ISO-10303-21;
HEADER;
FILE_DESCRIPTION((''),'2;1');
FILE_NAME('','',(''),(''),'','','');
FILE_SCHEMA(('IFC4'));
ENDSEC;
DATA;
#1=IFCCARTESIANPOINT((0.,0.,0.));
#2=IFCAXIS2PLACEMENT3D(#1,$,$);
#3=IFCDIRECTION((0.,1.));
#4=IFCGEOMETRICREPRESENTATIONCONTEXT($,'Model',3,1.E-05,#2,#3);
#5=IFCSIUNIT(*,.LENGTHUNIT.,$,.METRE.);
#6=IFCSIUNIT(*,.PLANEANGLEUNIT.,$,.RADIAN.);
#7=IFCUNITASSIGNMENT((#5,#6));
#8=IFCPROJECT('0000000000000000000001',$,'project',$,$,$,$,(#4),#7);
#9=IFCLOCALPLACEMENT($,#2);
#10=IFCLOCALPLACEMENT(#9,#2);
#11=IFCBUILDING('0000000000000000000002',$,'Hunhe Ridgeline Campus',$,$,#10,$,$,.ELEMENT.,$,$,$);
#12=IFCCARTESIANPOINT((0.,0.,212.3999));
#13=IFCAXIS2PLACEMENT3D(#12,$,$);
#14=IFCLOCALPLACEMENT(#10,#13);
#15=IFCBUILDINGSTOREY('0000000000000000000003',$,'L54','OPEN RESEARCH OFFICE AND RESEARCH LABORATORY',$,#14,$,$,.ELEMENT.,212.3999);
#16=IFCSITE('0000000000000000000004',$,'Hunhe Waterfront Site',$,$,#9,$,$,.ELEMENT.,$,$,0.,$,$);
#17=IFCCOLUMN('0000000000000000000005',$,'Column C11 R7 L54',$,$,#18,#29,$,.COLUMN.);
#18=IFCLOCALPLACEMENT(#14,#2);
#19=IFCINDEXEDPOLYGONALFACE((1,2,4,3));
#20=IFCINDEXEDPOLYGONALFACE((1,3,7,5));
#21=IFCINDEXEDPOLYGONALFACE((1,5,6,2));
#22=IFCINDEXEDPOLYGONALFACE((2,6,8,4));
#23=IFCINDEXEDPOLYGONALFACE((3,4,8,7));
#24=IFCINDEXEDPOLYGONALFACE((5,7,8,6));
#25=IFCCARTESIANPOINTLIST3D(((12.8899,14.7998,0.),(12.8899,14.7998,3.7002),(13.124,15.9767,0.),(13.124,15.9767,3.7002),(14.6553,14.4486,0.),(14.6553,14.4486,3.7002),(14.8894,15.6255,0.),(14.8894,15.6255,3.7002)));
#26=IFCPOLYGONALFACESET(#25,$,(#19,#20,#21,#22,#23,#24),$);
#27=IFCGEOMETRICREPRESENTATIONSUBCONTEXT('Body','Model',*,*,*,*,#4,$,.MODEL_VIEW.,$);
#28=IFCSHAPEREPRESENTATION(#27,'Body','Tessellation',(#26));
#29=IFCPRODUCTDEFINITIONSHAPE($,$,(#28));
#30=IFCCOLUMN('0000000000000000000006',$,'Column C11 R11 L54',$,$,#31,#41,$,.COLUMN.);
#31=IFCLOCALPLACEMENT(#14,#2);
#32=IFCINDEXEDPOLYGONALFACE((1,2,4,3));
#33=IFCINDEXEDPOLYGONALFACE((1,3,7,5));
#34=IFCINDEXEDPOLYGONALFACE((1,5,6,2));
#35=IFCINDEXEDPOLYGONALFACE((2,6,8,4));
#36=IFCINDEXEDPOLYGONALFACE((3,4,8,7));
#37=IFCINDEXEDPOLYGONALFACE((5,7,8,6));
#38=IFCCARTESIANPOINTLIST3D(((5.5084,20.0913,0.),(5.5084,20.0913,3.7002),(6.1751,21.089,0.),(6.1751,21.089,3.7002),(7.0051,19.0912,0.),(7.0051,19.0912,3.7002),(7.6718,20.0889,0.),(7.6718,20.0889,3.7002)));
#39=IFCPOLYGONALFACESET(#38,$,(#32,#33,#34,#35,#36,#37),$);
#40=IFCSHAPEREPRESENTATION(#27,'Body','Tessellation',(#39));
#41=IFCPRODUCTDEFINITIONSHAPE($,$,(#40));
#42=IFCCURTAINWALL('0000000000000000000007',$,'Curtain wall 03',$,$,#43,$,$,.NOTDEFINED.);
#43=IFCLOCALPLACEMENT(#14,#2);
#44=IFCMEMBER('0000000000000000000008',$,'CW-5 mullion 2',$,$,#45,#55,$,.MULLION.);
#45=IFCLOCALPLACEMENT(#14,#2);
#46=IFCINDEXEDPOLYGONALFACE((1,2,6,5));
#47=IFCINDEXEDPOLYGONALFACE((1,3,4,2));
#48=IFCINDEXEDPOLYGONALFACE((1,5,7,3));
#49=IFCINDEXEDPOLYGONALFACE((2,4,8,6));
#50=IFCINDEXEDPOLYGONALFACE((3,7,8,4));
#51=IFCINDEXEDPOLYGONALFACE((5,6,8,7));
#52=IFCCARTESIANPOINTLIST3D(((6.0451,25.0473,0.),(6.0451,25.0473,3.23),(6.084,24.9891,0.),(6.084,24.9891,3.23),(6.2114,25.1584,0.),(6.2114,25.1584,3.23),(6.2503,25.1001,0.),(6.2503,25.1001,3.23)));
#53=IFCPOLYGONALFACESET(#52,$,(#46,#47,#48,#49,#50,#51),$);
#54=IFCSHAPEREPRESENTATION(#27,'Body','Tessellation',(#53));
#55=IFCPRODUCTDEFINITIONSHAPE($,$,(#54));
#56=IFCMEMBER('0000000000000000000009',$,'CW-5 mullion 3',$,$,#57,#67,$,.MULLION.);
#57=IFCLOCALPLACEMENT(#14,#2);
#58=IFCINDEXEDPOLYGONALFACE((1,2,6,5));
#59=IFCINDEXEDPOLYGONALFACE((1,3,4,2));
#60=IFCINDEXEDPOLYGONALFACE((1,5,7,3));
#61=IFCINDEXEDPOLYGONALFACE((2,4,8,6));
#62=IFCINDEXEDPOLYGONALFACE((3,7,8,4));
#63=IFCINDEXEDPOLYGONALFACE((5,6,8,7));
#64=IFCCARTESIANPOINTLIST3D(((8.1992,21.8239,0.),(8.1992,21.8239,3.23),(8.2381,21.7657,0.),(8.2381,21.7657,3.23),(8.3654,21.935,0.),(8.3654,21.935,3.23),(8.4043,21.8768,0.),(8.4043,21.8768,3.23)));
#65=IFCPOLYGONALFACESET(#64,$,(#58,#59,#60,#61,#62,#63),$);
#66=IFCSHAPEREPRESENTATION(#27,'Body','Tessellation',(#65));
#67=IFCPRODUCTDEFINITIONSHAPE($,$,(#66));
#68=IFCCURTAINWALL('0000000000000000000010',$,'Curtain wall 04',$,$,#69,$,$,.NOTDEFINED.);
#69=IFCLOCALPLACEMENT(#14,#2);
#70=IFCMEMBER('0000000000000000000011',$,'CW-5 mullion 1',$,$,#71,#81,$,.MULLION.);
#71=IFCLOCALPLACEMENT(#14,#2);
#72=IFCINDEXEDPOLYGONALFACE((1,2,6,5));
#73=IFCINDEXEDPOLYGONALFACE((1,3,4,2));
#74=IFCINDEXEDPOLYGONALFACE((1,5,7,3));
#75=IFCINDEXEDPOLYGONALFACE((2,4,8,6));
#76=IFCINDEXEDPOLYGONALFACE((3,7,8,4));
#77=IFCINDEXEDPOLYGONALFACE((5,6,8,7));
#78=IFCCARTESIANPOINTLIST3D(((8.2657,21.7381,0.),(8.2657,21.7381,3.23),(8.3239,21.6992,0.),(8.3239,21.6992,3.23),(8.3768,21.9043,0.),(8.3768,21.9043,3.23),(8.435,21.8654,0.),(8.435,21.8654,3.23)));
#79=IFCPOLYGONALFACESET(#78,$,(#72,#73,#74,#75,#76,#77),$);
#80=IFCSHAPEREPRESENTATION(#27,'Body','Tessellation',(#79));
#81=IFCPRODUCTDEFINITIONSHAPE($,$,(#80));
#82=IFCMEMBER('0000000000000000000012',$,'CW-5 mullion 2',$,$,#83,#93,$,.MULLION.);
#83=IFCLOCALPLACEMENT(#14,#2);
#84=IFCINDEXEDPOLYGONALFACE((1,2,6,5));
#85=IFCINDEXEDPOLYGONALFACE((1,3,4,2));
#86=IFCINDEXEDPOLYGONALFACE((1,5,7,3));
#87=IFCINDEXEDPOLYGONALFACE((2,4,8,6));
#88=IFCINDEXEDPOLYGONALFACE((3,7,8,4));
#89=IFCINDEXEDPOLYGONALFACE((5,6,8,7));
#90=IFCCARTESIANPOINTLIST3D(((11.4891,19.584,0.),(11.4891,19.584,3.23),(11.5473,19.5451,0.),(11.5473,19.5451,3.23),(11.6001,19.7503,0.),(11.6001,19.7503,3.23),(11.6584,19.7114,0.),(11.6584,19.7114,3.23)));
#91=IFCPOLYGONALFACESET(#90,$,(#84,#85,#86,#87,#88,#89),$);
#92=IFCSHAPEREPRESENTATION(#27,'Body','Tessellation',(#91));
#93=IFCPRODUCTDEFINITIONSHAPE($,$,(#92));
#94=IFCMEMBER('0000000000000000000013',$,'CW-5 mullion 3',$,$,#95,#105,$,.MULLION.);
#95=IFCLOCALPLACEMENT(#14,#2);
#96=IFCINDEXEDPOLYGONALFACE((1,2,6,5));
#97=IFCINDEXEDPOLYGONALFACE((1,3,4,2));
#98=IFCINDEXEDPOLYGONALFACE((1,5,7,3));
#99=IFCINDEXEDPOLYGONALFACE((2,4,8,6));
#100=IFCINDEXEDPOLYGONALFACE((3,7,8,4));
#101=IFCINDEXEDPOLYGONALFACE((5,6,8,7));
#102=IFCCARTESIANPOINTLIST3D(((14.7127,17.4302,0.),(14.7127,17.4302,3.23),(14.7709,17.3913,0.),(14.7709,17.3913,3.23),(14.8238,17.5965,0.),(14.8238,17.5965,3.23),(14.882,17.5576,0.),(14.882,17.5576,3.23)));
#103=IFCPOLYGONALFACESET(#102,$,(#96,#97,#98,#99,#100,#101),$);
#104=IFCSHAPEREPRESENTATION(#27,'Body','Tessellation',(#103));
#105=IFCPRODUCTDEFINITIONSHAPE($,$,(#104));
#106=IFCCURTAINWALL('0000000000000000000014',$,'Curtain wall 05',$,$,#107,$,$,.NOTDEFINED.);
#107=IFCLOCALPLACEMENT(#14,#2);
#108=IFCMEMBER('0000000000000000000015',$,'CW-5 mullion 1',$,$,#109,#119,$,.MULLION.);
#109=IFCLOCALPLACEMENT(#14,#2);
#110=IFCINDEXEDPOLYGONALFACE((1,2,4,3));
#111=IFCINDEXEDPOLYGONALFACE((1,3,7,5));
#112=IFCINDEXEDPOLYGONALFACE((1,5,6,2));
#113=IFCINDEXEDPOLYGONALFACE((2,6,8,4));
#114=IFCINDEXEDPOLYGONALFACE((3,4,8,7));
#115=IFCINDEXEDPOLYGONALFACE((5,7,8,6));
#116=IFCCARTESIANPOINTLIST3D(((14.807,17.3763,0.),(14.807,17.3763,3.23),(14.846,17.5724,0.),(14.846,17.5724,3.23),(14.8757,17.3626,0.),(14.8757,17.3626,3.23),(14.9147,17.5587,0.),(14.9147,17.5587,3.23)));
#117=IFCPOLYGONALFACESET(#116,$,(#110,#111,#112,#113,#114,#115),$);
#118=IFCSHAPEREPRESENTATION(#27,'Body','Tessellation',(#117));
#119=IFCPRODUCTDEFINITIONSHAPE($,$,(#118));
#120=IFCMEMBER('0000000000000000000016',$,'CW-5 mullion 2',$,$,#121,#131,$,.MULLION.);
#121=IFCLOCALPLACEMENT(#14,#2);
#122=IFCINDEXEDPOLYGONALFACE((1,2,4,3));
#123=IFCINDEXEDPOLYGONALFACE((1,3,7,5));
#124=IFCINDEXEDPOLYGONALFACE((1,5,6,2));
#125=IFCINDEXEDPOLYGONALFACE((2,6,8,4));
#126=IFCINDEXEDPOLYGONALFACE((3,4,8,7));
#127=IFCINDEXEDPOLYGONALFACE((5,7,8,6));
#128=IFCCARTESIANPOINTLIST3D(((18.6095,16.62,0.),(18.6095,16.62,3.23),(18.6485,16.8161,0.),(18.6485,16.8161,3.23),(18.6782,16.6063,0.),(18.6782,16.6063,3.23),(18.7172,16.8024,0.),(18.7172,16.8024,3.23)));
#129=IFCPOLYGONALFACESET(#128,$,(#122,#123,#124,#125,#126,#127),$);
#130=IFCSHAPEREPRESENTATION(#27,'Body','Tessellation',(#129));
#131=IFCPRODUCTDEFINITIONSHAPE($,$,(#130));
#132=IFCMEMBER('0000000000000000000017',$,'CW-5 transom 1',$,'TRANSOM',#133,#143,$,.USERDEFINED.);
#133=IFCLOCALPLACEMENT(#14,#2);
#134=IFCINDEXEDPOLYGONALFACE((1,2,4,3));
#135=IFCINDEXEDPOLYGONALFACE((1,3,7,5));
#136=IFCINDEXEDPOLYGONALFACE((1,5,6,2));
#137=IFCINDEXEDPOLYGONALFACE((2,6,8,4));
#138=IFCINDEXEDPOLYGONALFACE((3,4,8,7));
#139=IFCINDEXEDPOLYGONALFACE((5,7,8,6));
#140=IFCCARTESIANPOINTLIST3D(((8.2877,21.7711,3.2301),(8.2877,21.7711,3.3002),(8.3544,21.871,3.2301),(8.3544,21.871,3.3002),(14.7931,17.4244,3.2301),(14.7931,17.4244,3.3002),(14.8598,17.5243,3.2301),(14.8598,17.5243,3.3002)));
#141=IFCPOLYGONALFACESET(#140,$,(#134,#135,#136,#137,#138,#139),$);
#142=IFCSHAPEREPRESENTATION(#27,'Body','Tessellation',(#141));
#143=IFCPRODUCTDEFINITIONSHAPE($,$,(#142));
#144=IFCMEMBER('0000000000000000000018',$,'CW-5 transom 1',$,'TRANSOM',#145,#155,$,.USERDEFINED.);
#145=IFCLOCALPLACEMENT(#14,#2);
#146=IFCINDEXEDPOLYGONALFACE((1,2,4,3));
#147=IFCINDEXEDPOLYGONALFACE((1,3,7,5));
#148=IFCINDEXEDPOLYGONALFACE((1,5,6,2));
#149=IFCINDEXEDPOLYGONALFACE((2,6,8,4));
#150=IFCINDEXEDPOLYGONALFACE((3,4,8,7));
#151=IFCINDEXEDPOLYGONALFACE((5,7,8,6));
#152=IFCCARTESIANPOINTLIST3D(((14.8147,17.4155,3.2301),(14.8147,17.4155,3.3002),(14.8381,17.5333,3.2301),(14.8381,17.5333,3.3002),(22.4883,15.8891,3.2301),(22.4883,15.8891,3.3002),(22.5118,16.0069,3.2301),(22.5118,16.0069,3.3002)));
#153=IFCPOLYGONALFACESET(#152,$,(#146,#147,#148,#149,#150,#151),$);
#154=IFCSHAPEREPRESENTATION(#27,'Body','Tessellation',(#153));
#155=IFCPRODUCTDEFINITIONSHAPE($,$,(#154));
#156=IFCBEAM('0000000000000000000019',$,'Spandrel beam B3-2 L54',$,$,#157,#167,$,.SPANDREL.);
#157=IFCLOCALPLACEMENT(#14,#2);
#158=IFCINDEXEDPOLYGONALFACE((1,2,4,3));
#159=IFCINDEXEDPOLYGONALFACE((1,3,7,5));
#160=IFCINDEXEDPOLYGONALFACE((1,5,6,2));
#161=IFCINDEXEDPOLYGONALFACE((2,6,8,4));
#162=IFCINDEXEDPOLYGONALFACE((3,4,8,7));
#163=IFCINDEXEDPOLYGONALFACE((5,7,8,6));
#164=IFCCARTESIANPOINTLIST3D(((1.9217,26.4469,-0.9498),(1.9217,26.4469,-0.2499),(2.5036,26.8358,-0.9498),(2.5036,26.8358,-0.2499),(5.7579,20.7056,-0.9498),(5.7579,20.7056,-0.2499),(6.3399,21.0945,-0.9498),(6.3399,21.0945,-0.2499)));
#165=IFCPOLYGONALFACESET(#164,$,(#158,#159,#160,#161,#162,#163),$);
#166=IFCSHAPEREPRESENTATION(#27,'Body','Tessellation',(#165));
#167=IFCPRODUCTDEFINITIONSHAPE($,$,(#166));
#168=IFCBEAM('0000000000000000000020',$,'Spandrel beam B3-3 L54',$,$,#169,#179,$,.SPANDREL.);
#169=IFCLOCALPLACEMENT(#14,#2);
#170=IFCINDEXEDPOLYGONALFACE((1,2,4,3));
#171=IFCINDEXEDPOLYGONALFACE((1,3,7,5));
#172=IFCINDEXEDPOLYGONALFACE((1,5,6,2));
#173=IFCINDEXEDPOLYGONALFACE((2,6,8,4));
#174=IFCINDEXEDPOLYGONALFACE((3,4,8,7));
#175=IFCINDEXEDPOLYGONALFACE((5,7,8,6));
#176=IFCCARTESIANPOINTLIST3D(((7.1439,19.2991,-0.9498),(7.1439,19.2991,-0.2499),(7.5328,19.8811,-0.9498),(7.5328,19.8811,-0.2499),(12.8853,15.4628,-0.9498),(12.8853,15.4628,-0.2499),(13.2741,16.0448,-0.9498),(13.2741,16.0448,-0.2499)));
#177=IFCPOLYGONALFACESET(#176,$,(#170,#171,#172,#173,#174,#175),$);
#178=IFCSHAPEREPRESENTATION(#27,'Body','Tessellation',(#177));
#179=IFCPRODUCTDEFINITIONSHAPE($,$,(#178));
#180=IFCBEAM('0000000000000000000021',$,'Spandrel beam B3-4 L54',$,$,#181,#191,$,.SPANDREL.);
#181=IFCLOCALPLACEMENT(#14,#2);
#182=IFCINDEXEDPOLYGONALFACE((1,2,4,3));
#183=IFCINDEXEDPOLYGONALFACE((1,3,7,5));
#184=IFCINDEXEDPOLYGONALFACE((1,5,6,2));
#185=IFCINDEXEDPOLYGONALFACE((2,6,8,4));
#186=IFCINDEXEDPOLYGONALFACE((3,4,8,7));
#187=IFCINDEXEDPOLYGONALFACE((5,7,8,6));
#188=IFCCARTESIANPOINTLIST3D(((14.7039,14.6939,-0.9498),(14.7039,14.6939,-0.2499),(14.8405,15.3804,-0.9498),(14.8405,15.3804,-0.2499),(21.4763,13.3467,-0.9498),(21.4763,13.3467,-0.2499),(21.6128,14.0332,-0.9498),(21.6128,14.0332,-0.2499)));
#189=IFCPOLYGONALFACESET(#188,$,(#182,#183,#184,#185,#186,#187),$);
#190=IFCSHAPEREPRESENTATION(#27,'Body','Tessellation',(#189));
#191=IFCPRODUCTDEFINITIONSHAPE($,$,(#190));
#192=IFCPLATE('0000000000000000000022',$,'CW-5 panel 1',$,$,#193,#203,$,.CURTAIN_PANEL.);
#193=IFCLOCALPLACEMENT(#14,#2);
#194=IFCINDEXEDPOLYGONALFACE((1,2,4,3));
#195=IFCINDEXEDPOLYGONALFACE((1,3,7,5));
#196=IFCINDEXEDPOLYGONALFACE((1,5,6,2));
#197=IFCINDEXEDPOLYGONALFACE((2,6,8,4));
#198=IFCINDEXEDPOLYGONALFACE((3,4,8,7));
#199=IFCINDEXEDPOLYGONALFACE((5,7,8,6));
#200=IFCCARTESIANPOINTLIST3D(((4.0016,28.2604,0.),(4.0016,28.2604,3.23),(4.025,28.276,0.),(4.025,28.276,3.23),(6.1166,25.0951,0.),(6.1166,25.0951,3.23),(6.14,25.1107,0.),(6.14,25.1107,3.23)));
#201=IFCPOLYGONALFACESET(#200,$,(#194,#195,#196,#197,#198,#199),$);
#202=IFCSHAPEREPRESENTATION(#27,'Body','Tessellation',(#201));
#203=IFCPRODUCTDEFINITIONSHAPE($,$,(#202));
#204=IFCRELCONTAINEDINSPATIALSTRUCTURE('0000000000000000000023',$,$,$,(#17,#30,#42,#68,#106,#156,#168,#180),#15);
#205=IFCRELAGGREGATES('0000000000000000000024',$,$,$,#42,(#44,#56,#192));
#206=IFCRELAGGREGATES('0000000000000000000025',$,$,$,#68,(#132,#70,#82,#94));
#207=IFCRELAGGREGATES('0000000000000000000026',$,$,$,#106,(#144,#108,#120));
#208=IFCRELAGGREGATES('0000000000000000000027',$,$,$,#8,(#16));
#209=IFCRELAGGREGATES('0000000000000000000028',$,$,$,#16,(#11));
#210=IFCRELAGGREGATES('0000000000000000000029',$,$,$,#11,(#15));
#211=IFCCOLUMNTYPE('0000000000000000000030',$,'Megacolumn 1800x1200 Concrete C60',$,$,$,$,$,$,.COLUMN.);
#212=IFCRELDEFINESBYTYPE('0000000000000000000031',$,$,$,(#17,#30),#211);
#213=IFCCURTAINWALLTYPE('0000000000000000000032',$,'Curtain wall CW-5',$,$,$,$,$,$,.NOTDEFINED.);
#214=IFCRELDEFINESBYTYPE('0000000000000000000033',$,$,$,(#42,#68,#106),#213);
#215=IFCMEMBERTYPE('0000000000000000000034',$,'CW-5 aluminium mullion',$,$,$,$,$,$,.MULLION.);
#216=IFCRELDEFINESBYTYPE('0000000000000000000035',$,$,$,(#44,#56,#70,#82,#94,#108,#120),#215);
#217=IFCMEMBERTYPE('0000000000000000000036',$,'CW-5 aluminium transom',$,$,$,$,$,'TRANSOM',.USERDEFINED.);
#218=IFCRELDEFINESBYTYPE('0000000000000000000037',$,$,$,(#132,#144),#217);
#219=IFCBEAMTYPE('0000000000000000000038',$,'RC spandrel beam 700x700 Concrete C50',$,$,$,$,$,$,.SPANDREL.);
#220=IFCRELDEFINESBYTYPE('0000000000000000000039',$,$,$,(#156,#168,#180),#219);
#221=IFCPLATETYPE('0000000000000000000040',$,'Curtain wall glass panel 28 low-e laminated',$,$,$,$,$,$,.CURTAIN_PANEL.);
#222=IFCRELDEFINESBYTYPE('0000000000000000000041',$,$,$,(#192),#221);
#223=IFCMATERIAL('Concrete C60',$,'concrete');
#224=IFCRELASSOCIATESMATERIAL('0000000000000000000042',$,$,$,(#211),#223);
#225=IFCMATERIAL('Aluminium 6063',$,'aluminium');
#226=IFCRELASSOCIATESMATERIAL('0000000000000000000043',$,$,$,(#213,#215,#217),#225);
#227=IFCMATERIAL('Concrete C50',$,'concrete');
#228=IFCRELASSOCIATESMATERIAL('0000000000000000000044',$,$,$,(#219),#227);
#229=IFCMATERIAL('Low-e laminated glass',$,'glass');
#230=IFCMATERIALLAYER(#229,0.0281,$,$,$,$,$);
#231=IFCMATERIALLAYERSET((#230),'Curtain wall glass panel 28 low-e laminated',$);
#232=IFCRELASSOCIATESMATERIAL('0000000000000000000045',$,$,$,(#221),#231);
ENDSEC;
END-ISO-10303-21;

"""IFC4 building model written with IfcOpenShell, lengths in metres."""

from ifc_helpers import new_model, si_unit, direction, frame, origin, origin_2d, place, context, subcontext, project, spatial, rectangle, extrude, material, layer, layer_set, material_profile, profile_set, type_object, element, aggregate, save


model = new_model("IFC4")

# Units and contexts
model_context = context("Model", 3, precision=1e-05, world=origin(), true_north=direction((0.0, 1.0)))
body_context = subcontext(model_context, "Body", "Model", "MODEL_VIEW")
ifc_project = project(units=[si_unit("LENGTHUNIT", "METRE"), si_unit("PLANEANGLEUNIT", "RADIAN")], contexts=[model_context])

# Site, building, storey
site_placement = place(None, origin())
site = spatial("IfcSite", under=ifc_project, at=site_placement, Name="Hunhe Waterfront Site", CompositionType="ELEMENT", RefElevation=0.0)
building_placement = place(site_placement, origin())
building = spatial("IfcBuilding", under=site, at=building_placement, Name="Hunhe Ridgeline Campus", CompositionType="ELEMENT")
storey_placement = place(building_placement, frame((0.0, 0.0, 212.3999)))
storey = spatial("IfcBuildingStorey", under=building, at=storey_placement, Name="L54", Description="OPEN RESEARCH OFFICE AND RESEARCH LABORATORY", CompositionType="ELEMENT", Elevation=212.3999)

# Columns
ifc_material_1 = material(Name="Concrete C60", Category="concrete")
ifc_material_profile_1 = material_profile(ifc_material_1, rectangle(XDim=1.8, YDim=1.2, at=origin_2d()))
ifc_profile_set_1 = profile_set([ifc_material_profile_1], Name="Concrete C60")
column_type = type_object("IfcColumnType", Name="Megacolumn 1800x1200 Concrete C60", PredefinedType="COLUMN", material=ifc_profile_set_1)
for number, where, z_axis, x_axis, name in (
    (1, (13.8896, 15.2126, 0.0), (0.0, 0.0, 1.0), (-0.980785, 0.19509, 0.0), "Column C11 R7 L54"),
    (2, (6.5901, 20.0901, 0.0), (0.0, 0.0, 1.0), (-0.83147, 0.55557, 0.0), "Column C11 R11 L54"),
):
    element("IfcColumn", number, at=place(storey_placement, frame(where, z_axis=z_axis, x_axis=x_axis)), inside=storey, type_object=column_type, Name=name, PredefinedType="COLUMN", context=body_context, shape_type="SweptSolid", body=[
        extrude(rectangle(XDim=1.8, YDim=1.2, at=origin_2d()), origin(), (0.0, 0.0, 1.0), 3.7002),
    ])

# Curtain walls, members
ifc_material_2 = material(Name="Aluminium 6063", Category="aluminium")
curtain_wall_type = type_object("IfcCurtainWallType", Name="Curtain wall CW-5", PredefinedType="NOTDEFINED", material=ifc_material_2)
curtain_wall_1_placement = place(storey_placement, origin())
curtain_wall_1 = element("IfcCurtainWall", 3, at=curtain_wall_1_placement, inside=storey, type_object=curtain_wall_type, Name="Curtain wall 03", PredefinedType="NOTDEFINED")
ifc_material_profile_2 = material_profile(ifc_material_2, rectangle(XDim=0.2, YDim=0.0701, at=origin_2d()))
ifc_profile_set_2 = profile_set([ifc_material_profile_2], Name="Aluminium 6063")
member_type_1 = type_object("IfcMemberType", Name="CW-5 aluminium mullion", PredefinedType="MULLION", material=ifc_profile_set_2)
member_1_placement = place(storey_placement, frame((6.1477, 25.0737, 0.0), z_axis=(0.0, 0.0, 1.0), x_axis=(0.83147, 0.55557, 0.0)))
member_1 = element("IfcMember", 4, at=member_1_placement, type_object=member_type_1, Name="CW-5 mullion 2", PredefinedType="MULLION", context=body_context, shape_type="SweptSolid", body=[
    extrude(rectangle(XDim=0.2, YDim=0.0701, at=origin_2d()), origin(), (0.0, 0.0, 1.0), 3.23),
])
member_2_placement = place(storey_placement, frame((8.3018, 21.8503, 0.0), z_axis=(0.0, 0.0, 1.0), x_axis=(0.83147, 0.55557, 0.0)))
member_2 = element("IfcMember", 5, at=member_2_placement, type_object=member_type_1, Name="CW-5 mullion 3", PredefinedType="MULLION", context=body_context, shape_type="SweptSolid", body=[
    extrude(rectangle(XDim=0.2, YDim=0.0701, at=origin_2d()), origin(), (0.0, 0.0, 1.0), 3.23),
])
curtain_wall_2_placement = place(storey_placement, origin())
curtain_wall_2 = element("IfcCurtainWall", 6, at=curtain_wall_2_placement, inside=storey, type_object=curtain_wall_type, Name="Curtain wall 04", PredefinedType="NOTDEFINED")
member_3_placement = place(storey_placement, frame((8.3503, 21.8018, 0.0), z_axis=(0.0, 0.0, 1.0), x_axis=(0.55557, 0.83147, 0.0)))
member_3 = element("IfcMember", 7, at=member_3_placement, type_object=member_type_1, Name="CW-5 mullion 1", PredefinedType="MULLION", context=body_context, shape_type="SweptSolid", body=[
    extrude(rectangle(XDim=0.2, YDim=0.0701, at=origin_2d()), origin(), (0.0, 0.0, 1.0), 3.23),
])
member_4_placement = place(storey_placement, frame((11.5737, 19.6477, 0.0), z_axis=(0.0, 0.0, 1.0), x_axis=(0.55557, 0.83147, 0.0)))
member_4 = element("IfcMember", 8, at=member_4_placement, type_object=member_type_1, Name="CW-5 mullion 2", PredefinedType="MULLION", context=body_context, shape_type="SweptSolid", body=[
    extrude(rectangle(XDim=0.2, YDim=0.0701, at=origin_2d()), origin(), (0.0, 0.0, 1.0), 3.23),
])
member_5_placement = place(storey_placement, frame((14.7974, 17.4939, 0.0), z_axis=(0.0, 0.0, 1.0), x_axis=(0.55557, 0.83147, 0.0)))
member_5 = element("IfcMember", 9, at=member_5_placement, type_object=member_type_1, Name="CW-5 mullion 3", PredefinedType="MULLION", context=body_context, shape_type="SweptSolid", body=[
    extrude(rectangle(XDim=0.2, YDim=0.0701, at=origin_2d()), origin(), (0.0, 0.0, 1.0), 3.23),
])
curtain_wall_3_placement = place(storey_placement, origin())
curtain_wall_3 = element("IfcCurtainWall", 10, at=curtain_wall_3_placement, inside=storey, type_object=curtain_wall_type, Name="Curtain wall 05", PredefinedType="NOTDEFINED")
member_6_placement = place(storey_placement, frame((14.8608, 17.4675, 0.0), z_axis=(0.0, 0.0, 1.0), x_axis=(0.19509, 0.980785, 0.0)))
member_6 = element("IfcMember", 11, at=member_6_placement, type_object=member_type_1, Name="CW-5 mullion 1", PredefinedType="MULLION", context=body_context, shape_type="SweptSolid", body=[
    extrude(rectangle(XDim=0.2, YDim=0.0701, at=origin_2d()), origin(), (0.0, 0.0, 1.0), 3.23),
])
member_7_placement = place(storey_placement, frame((18.6633, 16.7112, 0.0), z_axis=(0.0, 0.0, 1.0), x_axis=(0.19509, 0.980785, 0.0)))
member_7 = element("IfcMember", 12, at=member_7_placement, type_object=member_type_1, Name="CW-5 mullion 2", PredefinedType="MULLION", context=body_context, shape_type="SweptSolid", body=[
    extrude(rectangle(XDim=0.2, YDim=0.0701, at=origin_2d()), origin(), (0.0, 0.0, 1.0), 3.23),
])

# Members
ifc_material_profile_3 = material_profile(ifc_material_2, rectangle(XDim=0.1201, YDim=0.0701, at=origin_2d()))
ifc_profile_set_3 = profile_set([ifc_material_profile_3], Name="Aluminium 6063")
member_type_2 = type_object("IfcMemberType", Name="CW-5 aluminium transom", ElementType="TRANSOM", PredefinedType="USERDEFINED", material=ifc_profile_set_3)
member_8_placement = place(storey_placement, frame((8.321, 21.821, 3.2651), z_axis=(0.831474, -0.555564, 0.0), x_axis=(0.555564, 0.831474, 0.0)))
member_8 = element("IfcMember", 13, at=member_8_placement, type_object=member_type_2, Name="CW-5 transom 1", ObjectType="TRANSOM", PredefinedType="USERDEFINED", context=body_context, shape_type="SweptSolid", body=[
    extrude(rectangle(XDim=0.1201, YDim=0.0701, at=origin_2d()), origin(), (0.0, 0.0, 1.0), 7.824),
])
member_9_placement = place(storey_placement, frame((14.8264, 17.4744, 3.2651), z_axis=(0.980785, -0.19509, 0.0), x_axis=(0.19509, 0.980785, 0.0)))
member_9 = element("IfcMember", 14, at=member_9_placement, type_object=member_type_2, Name="CW-5 transom 1", ObjectType="TRANSOM", PredefinedType="USERDEFINED", context=body_context, shape_type="SweptSolid", body=[
    extrude(rectangle(XDim=0.1201, YDim=0.0701, at=origin_2d()), origin(), (0.0, 0.0, 1.0), 7.824),
])

# Beams
ifc_material_3 = material(Name="Concrete C50", Category="concrete")
ifc_material_profile_4 = material_profile(ifc_material_3, rectangle(XDim=0.7, YDim=0.7, at=origin_2d()))
ifc_profile_set_4 = profile_set([ifc_material_profile_4], Name="Concrete C50")
beam_type = type_object("IfcBeamType", Name="RC spandrel beam 700x700 Concrete C50", PredefinedType="SPANDREL", material=ifc_profile_set_4)
for number, where, z_axis, x_axis, name in (
    (15, (2.2126, 26.6414, -0.5999), (0.555573, -0.831468, 0.0), (0.831468, 0.555573, 0.0), "Spandrel beam B3-2 L54"),
    (16, (7.3384, 19.5901, -0.5999), (0.831468, -0.555573, 0.0), (0.555573, 0.831468, 0.0), "Spandrel beam B3-3 L54"),
    (17, (14.7722, 15.0371, -0.5999), (0.980784, -0.195096, 0.0), (0.195096, 0.980784, 0.0), "Spandrel beam B3-4 L54"),
):
    element("IfcBeam", number, at=place(storey_placement, frame(where, z_axis=z_axis, x_axis=x_axis)), inside=storey, type_object=beam_type, Name=name, PredefinedType="SPANDREL", context=body_context, shape_type="SweptSolid", body=[
        extrude(rectangle(XDim=0.7, YDim=0.7, at=origin_2d()), origin(), (0.0, 0.0, 1.0), 6.905),
    ])

# Plate
ifc_material_4 = material(Name="Low-e laminated glass", Category="glass")
ifc_layer_1 = layer(ifc_material_4, 0.0281)
ifc_layer_set_1 = layer_set([ifc_layer_1], Name="Curtain wall glass panel 28 low-e laminated")
plate_type = type_object("IfcPlateType", Name="Curtain wall glass panel 28 low-e laminated", PredefinedType="CURTAIN_PANEL", material=ifc_layer_set_1)
plate_1_placement = place(storey_placement, frame((5.0708, 26.6855, 0.0), z_axis=(0.0, 0.0, 1.0), x_axis=(0.55557, -0.83147, 0.0)))
plate_1 = element("IfcPlate", 18, at=plate_1_placement, type_object=plate_type, Name="CW-5 panel 1", PredefinedType="CURTAIN_PANEL", context=body_context, shape_type="SweptSolid", body=[
    extrude(rectangle(XDim=3.8069, YDim=0.0281, at=origin_2d()), origin(), (0.0, 0.0, 1.0), 3.23),
])
aggregate(curtain_wall_1, [member_1, member_2, plate_1])
aggregate(curtain_wall_2, [member_8, member_3, member_4, member_5])
aggregate(curtain_wall_3, [member_9, member_6, member_7])

save(model, "model.ifc")
